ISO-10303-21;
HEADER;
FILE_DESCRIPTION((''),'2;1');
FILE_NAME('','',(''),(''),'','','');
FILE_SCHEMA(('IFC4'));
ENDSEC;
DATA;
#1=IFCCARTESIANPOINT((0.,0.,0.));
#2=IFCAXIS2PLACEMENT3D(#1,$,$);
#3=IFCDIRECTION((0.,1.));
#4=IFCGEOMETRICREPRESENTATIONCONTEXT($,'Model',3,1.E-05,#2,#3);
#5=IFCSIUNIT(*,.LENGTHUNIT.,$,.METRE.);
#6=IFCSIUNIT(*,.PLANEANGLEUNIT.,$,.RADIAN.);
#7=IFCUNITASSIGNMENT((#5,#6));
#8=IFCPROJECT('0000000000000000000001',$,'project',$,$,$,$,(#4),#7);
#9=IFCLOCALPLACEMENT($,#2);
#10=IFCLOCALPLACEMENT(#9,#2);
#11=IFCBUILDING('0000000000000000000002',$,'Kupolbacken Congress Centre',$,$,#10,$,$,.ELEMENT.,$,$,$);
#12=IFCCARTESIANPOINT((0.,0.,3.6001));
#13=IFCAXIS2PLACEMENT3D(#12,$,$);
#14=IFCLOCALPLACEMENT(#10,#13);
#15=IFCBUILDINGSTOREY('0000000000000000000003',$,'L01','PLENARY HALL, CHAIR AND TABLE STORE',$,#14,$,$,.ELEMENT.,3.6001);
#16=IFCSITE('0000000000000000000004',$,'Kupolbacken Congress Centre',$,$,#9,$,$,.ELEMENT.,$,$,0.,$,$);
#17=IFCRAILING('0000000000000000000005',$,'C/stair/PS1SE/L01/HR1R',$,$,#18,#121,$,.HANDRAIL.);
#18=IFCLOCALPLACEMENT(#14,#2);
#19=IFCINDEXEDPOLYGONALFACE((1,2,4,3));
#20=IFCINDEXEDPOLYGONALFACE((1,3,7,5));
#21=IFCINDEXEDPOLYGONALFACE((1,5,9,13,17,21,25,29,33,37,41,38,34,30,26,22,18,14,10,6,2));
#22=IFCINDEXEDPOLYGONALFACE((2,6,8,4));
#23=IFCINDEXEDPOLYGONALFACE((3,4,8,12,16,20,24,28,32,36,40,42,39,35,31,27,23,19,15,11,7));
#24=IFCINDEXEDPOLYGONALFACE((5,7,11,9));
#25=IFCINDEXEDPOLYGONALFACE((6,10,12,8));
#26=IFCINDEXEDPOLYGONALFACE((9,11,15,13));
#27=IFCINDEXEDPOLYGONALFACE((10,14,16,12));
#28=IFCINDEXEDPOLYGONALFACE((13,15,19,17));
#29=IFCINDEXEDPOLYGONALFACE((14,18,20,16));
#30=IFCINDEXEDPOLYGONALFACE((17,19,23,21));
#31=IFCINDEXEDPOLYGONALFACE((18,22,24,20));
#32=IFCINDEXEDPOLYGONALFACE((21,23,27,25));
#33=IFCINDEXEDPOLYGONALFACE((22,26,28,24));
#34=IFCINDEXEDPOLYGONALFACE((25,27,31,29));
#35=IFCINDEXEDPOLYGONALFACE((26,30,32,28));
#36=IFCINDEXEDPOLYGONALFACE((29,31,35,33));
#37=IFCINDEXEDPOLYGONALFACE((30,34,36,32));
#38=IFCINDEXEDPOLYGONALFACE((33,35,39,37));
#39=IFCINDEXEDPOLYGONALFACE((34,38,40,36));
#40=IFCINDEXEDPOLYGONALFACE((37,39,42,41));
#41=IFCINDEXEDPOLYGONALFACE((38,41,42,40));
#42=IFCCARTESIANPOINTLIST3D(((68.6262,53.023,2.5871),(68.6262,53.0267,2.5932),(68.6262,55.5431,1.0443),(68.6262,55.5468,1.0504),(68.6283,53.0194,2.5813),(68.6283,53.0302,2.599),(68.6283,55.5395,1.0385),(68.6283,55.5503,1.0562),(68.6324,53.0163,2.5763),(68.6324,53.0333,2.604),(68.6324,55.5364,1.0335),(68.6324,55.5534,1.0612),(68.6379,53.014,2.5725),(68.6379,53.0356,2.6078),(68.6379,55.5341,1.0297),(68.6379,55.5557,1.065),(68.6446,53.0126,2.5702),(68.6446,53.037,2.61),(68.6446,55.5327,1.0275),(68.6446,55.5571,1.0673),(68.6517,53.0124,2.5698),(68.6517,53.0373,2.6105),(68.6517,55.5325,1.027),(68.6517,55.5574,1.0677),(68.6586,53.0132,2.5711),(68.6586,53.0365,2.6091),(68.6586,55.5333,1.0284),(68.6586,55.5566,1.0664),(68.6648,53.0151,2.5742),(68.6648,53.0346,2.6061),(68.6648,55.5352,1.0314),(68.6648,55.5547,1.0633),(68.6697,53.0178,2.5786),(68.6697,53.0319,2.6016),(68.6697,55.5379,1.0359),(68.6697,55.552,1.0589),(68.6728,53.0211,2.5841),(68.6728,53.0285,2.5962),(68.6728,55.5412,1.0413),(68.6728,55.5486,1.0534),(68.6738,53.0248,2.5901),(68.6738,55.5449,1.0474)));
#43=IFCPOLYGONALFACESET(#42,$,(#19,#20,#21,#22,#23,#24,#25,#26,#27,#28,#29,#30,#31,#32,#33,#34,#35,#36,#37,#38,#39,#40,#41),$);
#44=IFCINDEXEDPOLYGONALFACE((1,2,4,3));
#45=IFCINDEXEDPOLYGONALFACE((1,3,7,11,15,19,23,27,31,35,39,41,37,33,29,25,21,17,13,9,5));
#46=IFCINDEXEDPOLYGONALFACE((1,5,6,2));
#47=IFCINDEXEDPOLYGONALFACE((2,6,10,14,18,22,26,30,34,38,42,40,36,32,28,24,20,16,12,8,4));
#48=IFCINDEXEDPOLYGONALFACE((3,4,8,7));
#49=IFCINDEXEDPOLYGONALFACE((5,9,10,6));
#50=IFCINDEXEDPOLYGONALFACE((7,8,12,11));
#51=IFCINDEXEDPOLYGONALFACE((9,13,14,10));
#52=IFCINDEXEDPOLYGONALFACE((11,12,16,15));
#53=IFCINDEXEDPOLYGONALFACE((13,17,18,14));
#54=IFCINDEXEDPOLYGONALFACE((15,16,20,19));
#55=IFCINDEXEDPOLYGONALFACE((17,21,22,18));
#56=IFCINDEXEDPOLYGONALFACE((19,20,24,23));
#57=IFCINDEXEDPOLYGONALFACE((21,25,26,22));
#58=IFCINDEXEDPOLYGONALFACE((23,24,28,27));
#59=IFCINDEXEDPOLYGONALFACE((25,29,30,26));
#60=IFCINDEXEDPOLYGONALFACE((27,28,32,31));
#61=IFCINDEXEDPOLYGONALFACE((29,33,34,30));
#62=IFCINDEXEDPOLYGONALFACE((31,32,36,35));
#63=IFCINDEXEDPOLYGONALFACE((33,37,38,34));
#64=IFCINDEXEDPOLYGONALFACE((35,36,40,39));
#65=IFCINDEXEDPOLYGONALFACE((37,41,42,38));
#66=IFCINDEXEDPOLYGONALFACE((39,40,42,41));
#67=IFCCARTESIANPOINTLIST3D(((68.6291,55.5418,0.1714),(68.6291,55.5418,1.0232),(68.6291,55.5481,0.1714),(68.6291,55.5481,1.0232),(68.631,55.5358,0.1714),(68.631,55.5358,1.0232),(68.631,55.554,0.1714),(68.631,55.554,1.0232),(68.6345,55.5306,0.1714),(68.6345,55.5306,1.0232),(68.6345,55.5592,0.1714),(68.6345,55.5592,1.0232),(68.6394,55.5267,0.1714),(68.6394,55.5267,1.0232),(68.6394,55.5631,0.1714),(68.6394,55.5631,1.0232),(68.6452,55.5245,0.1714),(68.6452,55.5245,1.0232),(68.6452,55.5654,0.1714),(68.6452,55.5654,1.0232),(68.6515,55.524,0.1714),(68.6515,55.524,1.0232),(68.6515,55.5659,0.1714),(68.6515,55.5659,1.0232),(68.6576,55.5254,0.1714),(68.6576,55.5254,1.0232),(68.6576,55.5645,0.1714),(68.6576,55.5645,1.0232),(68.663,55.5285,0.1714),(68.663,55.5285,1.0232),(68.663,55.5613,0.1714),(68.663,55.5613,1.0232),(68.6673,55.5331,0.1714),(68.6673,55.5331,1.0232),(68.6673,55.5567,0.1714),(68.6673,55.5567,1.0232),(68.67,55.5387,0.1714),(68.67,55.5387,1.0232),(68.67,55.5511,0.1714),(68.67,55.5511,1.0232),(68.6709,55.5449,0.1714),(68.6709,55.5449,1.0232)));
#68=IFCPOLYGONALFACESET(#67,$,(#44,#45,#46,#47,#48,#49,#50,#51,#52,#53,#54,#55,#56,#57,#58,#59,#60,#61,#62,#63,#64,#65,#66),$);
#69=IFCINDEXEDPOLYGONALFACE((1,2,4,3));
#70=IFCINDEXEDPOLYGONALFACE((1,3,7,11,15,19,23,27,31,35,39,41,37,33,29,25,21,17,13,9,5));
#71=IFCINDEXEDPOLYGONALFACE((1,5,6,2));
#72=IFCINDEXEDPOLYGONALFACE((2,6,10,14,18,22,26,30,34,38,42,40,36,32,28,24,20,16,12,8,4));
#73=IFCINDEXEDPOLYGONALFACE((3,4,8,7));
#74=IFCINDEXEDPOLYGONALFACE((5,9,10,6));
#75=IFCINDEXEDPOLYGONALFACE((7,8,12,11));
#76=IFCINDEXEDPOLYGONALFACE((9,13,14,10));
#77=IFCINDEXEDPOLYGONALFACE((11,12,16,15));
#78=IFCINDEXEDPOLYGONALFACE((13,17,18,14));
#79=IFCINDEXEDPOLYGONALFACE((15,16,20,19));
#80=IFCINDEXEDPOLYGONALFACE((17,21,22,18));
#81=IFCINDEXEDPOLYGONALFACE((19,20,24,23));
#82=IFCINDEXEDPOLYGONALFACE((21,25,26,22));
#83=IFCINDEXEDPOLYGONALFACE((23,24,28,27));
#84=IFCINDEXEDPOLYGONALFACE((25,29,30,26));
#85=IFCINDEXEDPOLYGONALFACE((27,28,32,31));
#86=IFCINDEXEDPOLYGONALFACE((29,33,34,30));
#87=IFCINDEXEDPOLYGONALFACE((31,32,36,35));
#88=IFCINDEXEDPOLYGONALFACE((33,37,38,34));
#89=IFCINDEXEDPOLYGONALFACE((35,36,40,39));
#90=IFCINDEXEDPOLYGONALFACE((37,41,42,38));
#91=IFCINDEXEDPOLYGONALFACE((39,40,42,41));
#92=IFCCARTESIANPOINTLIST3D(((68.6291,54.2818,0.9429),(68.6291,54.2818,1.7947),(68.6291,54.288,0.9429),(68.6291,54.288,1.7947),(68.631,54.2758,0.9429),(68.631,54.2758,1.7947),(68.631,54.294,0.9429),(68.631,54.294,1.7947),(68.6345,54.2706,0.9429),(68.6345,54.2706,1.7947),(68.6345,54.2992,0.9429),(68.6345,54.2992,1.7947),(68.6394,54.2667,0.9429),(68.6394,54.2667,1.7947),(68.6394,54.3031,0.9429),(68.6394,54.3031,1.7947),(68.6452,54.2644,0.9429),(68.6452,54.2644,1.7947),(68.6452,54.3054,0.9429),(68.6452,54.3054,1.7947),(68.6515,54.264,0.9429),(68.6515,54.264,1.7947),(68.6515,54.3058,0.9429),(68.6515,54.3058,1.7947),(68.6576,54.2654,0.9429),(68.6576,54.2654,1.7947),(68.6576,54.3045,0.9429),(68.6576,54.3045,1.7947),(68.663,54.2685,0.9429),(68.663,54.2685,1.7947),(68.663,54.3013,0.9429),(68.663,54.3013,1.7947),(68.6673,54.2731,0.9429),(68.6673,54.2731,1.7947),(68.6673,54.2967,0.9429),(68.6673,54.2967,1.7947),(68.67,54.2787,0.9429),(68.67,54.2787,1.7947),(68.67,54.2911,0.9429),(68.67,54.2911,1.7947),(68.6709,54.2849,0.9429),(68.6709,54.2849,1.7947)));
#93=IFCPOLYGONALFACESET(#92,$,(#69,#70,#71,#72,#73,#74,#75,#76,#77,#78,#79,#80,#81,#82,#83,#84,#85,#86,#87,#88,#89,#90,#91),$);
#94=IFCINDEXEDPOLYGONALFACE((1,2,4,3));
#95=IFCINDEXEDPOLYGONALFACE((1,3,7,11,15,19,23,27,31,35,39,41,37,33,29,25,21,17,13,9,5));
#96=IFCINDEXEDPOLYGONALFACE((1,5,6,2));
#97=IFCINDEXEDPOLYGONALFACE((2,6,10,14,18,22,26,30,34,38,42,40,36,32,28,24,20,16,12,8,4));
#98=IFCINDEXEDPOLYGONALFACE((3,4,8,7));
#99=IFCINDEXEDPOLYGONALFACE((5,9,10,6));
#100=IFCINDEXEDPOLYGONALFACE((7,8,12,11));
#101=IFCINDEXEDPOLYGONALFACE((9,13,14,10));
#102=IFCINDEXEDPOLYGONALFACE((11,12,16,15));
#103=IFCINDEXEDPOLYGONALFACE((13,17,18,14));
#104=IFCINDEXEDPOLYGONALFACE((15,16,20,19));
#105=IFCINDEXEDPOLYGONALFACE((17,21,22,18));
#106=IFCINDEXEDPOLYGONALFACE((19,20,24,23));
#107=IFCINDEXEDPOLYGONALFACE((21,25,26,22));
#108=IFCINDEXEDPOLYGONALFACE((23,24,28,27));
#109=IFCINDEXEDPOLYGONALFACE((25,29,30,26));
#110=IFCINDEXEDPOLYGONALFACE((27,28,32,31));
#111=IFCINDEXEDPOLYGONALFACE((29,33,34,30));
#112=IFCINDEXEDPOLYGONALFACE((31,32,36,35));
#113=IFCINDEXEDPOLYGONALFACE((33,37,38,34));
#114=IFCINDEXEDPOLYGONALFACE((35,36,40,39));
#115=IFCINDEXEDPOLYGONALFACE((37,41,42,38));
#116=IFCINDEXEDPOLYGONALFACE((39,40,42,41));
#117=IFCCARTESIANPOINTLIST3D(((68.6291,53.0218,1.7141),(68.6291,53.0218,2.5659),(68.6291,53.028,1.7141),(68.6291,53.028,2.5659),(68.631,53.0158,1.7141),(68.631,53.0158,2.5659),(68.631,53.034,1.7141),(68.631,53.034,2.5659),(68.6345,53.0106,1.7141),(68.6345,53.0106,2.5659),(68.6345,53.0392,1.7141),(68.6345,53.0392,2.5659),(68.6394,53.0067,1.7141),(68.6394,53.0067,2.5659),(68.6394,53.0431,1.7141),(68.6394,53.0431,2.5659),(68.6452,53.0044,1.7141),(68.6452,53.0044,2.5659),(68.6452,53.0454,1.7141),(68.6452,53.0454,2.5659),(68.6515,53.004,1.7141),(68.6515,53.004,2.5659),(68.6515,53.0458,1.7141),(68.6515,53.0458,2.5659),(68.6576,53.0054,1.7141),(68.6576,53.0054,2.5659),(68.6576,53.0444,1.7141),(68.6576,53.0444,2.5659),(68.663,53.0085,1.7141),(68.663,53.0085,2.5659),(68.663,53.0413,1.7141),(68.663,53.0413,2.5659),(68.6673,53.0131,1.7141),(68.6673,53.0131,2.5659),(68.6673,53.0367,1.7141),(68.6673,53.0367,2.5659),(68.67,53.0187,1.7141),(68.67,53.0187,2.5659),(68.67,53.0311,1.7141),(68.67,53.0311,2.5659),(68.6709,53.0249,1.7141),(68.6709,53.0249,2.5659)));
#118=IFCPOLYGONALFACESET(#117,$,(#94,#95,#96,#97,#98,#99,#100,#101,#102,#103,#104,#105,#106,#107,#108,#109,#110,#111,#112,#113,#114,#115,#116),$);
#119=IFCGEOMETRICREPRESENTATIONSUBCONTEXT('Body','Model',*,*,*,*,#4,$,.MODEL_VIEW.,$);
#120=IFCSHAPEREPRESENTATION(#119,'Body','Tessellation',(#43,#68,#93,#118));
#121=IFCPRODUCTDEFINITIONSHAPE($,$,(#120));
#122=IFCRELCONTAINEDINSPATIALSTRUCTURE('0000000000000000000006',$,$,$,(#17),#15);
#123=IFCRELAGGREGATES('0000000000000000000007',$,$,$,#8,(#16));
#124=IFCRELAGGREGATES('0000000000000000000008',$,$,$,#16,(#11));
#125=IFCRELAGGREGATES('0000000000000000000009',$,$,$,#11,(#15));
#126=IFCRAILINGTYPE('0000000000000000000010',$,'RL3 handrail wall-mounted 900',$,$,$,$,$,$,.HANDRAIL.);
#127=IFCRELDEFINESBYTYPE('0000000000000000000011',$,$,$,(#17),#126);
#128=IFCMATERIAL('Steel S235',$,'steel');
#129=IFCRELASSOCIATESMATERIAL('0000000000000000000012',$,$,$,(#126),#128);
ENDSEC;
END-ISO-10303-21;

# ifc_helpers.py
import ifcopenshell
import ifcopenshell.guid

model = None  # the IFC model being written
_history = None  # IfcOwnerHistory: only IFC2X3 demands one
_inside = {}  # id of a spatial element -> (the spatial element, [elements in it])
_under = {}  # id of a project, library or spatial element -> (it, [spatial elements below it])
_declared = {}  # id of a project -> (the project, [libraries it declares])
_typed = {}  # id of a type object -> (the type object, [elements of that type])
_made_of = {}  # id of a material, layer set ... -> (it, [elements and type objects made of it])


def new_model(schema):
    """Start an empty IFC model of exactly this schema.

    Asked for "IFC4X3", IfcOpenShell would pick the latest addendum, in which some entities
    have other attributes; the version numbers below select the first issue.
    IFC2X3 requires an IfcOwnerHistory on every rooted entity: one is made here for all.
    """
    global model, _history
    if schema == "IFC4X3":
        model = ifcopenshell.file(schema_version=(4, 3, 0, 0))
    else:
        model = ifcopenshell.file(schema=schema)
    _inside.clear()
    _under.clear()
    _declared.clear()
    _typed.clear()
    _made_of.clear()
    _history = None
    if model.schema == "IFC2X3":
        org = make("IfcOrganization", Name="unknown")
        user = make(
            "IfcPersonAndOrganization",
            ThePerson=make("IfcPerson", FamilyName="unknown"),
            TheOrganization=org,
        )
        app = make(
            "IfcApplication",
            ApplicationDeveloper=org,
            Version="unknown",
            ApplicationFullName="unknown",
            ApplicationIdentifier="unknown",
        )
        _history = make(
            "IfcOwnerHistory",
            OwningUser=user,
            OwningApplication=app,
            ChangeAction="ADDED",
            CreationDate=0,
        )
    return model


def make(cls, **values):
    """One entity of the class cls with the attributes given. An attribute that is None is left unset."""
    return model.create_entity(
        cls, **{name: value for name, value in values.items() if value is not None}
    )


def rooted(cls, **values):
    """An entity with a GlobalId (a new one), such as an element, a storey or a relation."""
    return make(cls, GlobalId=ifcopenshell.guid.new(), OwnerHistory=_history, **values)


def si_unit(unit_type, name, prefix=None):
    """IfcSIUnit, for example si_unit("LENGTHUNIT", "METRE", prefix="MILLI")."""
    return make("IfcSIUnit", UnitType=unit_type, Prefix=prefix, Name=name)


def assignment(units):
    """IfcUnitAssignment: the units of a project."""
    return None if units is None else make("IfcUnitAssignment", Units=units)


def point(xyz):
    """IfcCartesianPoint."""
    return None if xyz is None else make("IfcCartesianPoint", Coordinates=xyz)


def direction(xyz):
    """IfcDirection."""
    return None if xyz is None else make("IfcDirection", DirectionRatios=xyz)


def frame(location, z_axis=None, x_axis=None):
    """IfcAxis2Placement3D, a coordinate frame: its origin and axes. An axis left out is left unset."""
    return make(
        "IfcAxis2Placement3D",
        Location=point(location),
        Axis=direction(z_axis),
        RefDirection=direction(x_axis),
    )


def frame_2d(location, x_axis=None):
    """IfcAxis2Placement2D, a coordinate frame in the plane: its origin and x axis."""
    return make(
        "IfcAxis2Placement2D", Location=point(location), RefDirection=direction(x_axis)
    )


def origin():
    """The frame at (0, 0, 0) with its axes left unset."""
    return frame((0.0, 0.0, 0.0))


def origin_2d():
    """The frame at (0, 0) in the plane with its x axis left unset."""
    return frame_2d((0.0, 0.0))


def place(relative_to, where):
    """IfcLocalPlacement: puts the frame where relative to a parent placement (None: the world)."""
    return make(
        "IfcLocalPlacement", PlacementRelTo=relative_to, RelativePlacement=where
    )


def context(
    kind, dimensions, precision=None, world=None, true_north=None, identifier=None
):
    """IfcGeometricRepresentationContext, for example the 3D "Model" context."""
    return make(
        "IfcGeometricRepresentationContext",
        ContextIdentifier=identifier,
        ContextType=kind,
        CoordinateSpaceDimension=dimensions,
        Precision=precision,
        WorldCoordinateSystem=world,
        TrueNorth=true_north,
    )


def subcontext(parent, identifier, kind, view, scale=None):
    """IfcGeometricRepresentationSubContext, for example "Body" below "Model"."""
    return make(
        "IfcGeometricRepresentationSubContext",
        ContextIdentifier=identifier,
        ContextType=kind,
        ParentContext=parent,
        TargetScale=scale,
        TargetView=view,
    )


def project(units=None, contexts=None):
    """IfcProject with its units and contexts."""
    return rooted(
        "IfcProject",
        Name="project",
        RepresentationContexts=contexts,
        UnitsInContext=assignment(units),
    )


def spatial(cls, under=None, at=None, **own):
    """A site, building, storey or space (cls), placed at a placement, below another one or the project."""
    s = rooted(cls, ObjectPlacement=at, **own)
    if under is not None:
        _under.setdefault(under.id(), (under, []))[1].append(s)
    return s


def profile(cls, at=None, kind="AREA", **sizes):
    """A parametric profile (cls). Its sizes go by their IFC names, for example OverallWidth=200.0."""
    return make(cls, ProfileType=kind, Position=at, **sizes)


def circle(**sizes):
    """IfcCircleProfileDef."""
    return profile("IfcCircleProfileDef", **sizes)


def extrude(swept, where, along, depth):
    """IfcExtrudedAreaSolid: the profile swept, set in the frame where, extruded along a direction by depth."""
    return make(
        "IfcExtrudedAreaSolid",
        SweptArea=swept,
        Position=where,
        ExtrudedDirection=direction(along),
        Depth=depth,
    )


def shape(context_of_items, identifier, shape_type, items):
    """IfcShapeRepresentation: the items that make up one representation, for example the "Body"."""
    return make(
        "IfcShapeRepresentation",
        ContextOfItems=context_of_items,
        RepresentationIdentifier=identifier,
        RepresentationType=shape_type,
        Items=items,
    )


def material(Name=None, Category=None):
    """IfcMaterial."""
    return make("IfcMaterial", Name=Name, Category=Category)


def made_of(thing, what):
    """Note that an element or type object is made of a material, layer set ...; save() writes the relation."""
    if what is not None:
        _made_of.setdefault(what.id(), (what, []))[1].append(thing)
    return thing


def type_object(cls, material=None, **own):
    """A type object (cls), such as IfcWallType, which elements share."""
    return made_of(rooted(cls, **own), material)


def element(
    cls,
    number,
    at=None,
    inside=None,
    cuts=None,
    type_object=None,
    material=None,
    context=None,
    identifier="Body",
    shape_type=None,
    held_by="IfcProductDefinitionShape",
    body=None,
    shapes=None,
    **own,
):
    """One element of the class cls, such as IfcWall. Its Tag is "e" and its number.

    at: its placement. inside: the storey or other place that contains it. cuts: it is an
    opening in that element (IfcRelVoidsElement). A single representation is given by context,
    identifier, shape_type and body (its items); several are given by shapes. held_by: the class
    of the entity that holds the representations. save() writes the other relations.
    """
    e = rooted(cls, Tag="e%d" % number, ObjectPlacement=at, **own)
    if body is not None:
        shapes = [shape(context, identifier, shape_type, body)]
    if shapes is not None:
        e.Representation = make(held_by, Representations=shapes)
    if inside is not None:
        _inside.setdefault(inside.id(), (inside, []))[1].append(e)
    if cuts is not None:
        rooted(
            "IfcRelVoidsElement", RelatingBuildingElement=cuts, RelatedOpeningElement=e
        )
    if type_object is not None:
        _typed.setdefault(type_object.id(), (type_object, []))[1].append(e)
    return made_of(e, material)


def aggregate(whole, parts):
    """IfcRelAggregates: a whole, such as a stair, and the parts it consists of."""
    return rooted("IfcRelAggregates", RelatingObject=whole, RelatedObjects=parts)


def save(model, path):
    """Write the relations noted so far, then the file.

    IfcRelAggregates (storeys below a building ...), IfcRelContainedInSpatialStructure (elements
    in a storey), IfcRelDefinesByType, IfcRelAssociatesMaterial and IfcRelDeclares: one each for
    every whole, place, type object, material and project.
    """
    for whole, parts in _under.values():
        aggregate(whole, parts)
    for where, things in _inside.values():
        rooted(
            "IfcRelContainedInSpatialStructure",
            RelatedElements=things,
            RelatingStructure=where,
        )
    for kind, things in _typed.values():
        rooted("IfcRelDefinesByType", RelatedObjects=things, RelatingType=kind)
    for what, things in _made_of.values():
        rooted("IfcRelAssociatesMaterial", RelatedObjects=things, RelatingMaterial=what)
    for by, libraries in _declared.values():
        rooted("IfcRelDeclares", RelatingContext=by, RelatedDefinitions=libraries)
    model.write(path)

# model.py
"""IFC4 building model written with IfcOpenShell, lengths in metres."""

from ifc_helpers import new_model, si_unit, direction, frame, origin, origin_2d, place, context, subcontext, project, spatial, circle, extrude, material, type_object, element, save


model = new_model("IFC4")

# Units and contexts
model_context = context("Model", 3, precision=1e-05, world=origin(), true_north=direction((0.0, 1.0)))
body_context = subcontext(model_context, "Body", "Model", "MODEL_VIEW")
ifc_project = project(units=[si_unit("LENGTHUNIT", "METRE"), si_unit("PLANEANGLEUNIT", "RADIAN")], contexts=[model_context])

# Site, building, storey
site_placement = place(None, origin())
site = spatial("IfcSite", under=ifc_project, at=site_placement, Name="Kupolbacken Congress Centre", CompositionType="ELEMENT", RefElevation=0.0)
building_placement = place(site_placement, origin())
building = spatial("IfcBuilding", under=site, at=building_placement, Name="Kupolbacken Congress Centre", CompositionType="ELEMENT")
storey_placement = place(building_placement, frame((0.0, 0.0, 3.6001)))
storey = spatial("IfcBuildingStorey", under=building, at=storey_placement, Name="L01", Description="PLENARY HALL, CHAIR AND TABLE STORE", CompositionType="ELEMENT", Elevation=3.6001)

# Railing
ifc_material_1 = material(Name="Steel S235", Category="steel")
railing_type = type_object("IfcRailingType", Name="RL3 handrail wall-mounted 900", PredefinedType="HANDRAIL", material=ifc_material_1)
for number, where, name in (
    (1, (68.6499, 55.5449, 0.1714), "C/stair/PS1SE/L01/HR1R"),
):
    element("IfcRailing", number, at=place(storey_placement, frame(where)), inside=storey, type_object=railing_type, Name=name, PredefinedType="HANDRAIL", context=body_context, shape_type="SweptSolid", body=[
        extrude(circle(Radius=0.0239, at=origin_2d()), frame((0.0, 0.0, 0.876), z_axis=(0.0, -0.852873, 0.522118), x_axis=(1.0, 0.0, 0.0)), (0.0, 0.0, 1.0), 2.9548),
        extrude(circle(Radius=0.021, at=origin_2d()), origin(), (0.0, 0.0, 1.0), 0.8518),
        extrude(circle(Radius=0.021, at=origin_2d()), frame((0.0, -1.26, 0.7715)), (0.0, 0.0, 1.0), 0.8518),
        extrude(circle(Radius=0.021, at=origin_2d()), frame((0.0, -2.52, 1.5427)), (0.0, 0.0, 1.0), 0.8518),
    ])

save(model, "model.ifc")
